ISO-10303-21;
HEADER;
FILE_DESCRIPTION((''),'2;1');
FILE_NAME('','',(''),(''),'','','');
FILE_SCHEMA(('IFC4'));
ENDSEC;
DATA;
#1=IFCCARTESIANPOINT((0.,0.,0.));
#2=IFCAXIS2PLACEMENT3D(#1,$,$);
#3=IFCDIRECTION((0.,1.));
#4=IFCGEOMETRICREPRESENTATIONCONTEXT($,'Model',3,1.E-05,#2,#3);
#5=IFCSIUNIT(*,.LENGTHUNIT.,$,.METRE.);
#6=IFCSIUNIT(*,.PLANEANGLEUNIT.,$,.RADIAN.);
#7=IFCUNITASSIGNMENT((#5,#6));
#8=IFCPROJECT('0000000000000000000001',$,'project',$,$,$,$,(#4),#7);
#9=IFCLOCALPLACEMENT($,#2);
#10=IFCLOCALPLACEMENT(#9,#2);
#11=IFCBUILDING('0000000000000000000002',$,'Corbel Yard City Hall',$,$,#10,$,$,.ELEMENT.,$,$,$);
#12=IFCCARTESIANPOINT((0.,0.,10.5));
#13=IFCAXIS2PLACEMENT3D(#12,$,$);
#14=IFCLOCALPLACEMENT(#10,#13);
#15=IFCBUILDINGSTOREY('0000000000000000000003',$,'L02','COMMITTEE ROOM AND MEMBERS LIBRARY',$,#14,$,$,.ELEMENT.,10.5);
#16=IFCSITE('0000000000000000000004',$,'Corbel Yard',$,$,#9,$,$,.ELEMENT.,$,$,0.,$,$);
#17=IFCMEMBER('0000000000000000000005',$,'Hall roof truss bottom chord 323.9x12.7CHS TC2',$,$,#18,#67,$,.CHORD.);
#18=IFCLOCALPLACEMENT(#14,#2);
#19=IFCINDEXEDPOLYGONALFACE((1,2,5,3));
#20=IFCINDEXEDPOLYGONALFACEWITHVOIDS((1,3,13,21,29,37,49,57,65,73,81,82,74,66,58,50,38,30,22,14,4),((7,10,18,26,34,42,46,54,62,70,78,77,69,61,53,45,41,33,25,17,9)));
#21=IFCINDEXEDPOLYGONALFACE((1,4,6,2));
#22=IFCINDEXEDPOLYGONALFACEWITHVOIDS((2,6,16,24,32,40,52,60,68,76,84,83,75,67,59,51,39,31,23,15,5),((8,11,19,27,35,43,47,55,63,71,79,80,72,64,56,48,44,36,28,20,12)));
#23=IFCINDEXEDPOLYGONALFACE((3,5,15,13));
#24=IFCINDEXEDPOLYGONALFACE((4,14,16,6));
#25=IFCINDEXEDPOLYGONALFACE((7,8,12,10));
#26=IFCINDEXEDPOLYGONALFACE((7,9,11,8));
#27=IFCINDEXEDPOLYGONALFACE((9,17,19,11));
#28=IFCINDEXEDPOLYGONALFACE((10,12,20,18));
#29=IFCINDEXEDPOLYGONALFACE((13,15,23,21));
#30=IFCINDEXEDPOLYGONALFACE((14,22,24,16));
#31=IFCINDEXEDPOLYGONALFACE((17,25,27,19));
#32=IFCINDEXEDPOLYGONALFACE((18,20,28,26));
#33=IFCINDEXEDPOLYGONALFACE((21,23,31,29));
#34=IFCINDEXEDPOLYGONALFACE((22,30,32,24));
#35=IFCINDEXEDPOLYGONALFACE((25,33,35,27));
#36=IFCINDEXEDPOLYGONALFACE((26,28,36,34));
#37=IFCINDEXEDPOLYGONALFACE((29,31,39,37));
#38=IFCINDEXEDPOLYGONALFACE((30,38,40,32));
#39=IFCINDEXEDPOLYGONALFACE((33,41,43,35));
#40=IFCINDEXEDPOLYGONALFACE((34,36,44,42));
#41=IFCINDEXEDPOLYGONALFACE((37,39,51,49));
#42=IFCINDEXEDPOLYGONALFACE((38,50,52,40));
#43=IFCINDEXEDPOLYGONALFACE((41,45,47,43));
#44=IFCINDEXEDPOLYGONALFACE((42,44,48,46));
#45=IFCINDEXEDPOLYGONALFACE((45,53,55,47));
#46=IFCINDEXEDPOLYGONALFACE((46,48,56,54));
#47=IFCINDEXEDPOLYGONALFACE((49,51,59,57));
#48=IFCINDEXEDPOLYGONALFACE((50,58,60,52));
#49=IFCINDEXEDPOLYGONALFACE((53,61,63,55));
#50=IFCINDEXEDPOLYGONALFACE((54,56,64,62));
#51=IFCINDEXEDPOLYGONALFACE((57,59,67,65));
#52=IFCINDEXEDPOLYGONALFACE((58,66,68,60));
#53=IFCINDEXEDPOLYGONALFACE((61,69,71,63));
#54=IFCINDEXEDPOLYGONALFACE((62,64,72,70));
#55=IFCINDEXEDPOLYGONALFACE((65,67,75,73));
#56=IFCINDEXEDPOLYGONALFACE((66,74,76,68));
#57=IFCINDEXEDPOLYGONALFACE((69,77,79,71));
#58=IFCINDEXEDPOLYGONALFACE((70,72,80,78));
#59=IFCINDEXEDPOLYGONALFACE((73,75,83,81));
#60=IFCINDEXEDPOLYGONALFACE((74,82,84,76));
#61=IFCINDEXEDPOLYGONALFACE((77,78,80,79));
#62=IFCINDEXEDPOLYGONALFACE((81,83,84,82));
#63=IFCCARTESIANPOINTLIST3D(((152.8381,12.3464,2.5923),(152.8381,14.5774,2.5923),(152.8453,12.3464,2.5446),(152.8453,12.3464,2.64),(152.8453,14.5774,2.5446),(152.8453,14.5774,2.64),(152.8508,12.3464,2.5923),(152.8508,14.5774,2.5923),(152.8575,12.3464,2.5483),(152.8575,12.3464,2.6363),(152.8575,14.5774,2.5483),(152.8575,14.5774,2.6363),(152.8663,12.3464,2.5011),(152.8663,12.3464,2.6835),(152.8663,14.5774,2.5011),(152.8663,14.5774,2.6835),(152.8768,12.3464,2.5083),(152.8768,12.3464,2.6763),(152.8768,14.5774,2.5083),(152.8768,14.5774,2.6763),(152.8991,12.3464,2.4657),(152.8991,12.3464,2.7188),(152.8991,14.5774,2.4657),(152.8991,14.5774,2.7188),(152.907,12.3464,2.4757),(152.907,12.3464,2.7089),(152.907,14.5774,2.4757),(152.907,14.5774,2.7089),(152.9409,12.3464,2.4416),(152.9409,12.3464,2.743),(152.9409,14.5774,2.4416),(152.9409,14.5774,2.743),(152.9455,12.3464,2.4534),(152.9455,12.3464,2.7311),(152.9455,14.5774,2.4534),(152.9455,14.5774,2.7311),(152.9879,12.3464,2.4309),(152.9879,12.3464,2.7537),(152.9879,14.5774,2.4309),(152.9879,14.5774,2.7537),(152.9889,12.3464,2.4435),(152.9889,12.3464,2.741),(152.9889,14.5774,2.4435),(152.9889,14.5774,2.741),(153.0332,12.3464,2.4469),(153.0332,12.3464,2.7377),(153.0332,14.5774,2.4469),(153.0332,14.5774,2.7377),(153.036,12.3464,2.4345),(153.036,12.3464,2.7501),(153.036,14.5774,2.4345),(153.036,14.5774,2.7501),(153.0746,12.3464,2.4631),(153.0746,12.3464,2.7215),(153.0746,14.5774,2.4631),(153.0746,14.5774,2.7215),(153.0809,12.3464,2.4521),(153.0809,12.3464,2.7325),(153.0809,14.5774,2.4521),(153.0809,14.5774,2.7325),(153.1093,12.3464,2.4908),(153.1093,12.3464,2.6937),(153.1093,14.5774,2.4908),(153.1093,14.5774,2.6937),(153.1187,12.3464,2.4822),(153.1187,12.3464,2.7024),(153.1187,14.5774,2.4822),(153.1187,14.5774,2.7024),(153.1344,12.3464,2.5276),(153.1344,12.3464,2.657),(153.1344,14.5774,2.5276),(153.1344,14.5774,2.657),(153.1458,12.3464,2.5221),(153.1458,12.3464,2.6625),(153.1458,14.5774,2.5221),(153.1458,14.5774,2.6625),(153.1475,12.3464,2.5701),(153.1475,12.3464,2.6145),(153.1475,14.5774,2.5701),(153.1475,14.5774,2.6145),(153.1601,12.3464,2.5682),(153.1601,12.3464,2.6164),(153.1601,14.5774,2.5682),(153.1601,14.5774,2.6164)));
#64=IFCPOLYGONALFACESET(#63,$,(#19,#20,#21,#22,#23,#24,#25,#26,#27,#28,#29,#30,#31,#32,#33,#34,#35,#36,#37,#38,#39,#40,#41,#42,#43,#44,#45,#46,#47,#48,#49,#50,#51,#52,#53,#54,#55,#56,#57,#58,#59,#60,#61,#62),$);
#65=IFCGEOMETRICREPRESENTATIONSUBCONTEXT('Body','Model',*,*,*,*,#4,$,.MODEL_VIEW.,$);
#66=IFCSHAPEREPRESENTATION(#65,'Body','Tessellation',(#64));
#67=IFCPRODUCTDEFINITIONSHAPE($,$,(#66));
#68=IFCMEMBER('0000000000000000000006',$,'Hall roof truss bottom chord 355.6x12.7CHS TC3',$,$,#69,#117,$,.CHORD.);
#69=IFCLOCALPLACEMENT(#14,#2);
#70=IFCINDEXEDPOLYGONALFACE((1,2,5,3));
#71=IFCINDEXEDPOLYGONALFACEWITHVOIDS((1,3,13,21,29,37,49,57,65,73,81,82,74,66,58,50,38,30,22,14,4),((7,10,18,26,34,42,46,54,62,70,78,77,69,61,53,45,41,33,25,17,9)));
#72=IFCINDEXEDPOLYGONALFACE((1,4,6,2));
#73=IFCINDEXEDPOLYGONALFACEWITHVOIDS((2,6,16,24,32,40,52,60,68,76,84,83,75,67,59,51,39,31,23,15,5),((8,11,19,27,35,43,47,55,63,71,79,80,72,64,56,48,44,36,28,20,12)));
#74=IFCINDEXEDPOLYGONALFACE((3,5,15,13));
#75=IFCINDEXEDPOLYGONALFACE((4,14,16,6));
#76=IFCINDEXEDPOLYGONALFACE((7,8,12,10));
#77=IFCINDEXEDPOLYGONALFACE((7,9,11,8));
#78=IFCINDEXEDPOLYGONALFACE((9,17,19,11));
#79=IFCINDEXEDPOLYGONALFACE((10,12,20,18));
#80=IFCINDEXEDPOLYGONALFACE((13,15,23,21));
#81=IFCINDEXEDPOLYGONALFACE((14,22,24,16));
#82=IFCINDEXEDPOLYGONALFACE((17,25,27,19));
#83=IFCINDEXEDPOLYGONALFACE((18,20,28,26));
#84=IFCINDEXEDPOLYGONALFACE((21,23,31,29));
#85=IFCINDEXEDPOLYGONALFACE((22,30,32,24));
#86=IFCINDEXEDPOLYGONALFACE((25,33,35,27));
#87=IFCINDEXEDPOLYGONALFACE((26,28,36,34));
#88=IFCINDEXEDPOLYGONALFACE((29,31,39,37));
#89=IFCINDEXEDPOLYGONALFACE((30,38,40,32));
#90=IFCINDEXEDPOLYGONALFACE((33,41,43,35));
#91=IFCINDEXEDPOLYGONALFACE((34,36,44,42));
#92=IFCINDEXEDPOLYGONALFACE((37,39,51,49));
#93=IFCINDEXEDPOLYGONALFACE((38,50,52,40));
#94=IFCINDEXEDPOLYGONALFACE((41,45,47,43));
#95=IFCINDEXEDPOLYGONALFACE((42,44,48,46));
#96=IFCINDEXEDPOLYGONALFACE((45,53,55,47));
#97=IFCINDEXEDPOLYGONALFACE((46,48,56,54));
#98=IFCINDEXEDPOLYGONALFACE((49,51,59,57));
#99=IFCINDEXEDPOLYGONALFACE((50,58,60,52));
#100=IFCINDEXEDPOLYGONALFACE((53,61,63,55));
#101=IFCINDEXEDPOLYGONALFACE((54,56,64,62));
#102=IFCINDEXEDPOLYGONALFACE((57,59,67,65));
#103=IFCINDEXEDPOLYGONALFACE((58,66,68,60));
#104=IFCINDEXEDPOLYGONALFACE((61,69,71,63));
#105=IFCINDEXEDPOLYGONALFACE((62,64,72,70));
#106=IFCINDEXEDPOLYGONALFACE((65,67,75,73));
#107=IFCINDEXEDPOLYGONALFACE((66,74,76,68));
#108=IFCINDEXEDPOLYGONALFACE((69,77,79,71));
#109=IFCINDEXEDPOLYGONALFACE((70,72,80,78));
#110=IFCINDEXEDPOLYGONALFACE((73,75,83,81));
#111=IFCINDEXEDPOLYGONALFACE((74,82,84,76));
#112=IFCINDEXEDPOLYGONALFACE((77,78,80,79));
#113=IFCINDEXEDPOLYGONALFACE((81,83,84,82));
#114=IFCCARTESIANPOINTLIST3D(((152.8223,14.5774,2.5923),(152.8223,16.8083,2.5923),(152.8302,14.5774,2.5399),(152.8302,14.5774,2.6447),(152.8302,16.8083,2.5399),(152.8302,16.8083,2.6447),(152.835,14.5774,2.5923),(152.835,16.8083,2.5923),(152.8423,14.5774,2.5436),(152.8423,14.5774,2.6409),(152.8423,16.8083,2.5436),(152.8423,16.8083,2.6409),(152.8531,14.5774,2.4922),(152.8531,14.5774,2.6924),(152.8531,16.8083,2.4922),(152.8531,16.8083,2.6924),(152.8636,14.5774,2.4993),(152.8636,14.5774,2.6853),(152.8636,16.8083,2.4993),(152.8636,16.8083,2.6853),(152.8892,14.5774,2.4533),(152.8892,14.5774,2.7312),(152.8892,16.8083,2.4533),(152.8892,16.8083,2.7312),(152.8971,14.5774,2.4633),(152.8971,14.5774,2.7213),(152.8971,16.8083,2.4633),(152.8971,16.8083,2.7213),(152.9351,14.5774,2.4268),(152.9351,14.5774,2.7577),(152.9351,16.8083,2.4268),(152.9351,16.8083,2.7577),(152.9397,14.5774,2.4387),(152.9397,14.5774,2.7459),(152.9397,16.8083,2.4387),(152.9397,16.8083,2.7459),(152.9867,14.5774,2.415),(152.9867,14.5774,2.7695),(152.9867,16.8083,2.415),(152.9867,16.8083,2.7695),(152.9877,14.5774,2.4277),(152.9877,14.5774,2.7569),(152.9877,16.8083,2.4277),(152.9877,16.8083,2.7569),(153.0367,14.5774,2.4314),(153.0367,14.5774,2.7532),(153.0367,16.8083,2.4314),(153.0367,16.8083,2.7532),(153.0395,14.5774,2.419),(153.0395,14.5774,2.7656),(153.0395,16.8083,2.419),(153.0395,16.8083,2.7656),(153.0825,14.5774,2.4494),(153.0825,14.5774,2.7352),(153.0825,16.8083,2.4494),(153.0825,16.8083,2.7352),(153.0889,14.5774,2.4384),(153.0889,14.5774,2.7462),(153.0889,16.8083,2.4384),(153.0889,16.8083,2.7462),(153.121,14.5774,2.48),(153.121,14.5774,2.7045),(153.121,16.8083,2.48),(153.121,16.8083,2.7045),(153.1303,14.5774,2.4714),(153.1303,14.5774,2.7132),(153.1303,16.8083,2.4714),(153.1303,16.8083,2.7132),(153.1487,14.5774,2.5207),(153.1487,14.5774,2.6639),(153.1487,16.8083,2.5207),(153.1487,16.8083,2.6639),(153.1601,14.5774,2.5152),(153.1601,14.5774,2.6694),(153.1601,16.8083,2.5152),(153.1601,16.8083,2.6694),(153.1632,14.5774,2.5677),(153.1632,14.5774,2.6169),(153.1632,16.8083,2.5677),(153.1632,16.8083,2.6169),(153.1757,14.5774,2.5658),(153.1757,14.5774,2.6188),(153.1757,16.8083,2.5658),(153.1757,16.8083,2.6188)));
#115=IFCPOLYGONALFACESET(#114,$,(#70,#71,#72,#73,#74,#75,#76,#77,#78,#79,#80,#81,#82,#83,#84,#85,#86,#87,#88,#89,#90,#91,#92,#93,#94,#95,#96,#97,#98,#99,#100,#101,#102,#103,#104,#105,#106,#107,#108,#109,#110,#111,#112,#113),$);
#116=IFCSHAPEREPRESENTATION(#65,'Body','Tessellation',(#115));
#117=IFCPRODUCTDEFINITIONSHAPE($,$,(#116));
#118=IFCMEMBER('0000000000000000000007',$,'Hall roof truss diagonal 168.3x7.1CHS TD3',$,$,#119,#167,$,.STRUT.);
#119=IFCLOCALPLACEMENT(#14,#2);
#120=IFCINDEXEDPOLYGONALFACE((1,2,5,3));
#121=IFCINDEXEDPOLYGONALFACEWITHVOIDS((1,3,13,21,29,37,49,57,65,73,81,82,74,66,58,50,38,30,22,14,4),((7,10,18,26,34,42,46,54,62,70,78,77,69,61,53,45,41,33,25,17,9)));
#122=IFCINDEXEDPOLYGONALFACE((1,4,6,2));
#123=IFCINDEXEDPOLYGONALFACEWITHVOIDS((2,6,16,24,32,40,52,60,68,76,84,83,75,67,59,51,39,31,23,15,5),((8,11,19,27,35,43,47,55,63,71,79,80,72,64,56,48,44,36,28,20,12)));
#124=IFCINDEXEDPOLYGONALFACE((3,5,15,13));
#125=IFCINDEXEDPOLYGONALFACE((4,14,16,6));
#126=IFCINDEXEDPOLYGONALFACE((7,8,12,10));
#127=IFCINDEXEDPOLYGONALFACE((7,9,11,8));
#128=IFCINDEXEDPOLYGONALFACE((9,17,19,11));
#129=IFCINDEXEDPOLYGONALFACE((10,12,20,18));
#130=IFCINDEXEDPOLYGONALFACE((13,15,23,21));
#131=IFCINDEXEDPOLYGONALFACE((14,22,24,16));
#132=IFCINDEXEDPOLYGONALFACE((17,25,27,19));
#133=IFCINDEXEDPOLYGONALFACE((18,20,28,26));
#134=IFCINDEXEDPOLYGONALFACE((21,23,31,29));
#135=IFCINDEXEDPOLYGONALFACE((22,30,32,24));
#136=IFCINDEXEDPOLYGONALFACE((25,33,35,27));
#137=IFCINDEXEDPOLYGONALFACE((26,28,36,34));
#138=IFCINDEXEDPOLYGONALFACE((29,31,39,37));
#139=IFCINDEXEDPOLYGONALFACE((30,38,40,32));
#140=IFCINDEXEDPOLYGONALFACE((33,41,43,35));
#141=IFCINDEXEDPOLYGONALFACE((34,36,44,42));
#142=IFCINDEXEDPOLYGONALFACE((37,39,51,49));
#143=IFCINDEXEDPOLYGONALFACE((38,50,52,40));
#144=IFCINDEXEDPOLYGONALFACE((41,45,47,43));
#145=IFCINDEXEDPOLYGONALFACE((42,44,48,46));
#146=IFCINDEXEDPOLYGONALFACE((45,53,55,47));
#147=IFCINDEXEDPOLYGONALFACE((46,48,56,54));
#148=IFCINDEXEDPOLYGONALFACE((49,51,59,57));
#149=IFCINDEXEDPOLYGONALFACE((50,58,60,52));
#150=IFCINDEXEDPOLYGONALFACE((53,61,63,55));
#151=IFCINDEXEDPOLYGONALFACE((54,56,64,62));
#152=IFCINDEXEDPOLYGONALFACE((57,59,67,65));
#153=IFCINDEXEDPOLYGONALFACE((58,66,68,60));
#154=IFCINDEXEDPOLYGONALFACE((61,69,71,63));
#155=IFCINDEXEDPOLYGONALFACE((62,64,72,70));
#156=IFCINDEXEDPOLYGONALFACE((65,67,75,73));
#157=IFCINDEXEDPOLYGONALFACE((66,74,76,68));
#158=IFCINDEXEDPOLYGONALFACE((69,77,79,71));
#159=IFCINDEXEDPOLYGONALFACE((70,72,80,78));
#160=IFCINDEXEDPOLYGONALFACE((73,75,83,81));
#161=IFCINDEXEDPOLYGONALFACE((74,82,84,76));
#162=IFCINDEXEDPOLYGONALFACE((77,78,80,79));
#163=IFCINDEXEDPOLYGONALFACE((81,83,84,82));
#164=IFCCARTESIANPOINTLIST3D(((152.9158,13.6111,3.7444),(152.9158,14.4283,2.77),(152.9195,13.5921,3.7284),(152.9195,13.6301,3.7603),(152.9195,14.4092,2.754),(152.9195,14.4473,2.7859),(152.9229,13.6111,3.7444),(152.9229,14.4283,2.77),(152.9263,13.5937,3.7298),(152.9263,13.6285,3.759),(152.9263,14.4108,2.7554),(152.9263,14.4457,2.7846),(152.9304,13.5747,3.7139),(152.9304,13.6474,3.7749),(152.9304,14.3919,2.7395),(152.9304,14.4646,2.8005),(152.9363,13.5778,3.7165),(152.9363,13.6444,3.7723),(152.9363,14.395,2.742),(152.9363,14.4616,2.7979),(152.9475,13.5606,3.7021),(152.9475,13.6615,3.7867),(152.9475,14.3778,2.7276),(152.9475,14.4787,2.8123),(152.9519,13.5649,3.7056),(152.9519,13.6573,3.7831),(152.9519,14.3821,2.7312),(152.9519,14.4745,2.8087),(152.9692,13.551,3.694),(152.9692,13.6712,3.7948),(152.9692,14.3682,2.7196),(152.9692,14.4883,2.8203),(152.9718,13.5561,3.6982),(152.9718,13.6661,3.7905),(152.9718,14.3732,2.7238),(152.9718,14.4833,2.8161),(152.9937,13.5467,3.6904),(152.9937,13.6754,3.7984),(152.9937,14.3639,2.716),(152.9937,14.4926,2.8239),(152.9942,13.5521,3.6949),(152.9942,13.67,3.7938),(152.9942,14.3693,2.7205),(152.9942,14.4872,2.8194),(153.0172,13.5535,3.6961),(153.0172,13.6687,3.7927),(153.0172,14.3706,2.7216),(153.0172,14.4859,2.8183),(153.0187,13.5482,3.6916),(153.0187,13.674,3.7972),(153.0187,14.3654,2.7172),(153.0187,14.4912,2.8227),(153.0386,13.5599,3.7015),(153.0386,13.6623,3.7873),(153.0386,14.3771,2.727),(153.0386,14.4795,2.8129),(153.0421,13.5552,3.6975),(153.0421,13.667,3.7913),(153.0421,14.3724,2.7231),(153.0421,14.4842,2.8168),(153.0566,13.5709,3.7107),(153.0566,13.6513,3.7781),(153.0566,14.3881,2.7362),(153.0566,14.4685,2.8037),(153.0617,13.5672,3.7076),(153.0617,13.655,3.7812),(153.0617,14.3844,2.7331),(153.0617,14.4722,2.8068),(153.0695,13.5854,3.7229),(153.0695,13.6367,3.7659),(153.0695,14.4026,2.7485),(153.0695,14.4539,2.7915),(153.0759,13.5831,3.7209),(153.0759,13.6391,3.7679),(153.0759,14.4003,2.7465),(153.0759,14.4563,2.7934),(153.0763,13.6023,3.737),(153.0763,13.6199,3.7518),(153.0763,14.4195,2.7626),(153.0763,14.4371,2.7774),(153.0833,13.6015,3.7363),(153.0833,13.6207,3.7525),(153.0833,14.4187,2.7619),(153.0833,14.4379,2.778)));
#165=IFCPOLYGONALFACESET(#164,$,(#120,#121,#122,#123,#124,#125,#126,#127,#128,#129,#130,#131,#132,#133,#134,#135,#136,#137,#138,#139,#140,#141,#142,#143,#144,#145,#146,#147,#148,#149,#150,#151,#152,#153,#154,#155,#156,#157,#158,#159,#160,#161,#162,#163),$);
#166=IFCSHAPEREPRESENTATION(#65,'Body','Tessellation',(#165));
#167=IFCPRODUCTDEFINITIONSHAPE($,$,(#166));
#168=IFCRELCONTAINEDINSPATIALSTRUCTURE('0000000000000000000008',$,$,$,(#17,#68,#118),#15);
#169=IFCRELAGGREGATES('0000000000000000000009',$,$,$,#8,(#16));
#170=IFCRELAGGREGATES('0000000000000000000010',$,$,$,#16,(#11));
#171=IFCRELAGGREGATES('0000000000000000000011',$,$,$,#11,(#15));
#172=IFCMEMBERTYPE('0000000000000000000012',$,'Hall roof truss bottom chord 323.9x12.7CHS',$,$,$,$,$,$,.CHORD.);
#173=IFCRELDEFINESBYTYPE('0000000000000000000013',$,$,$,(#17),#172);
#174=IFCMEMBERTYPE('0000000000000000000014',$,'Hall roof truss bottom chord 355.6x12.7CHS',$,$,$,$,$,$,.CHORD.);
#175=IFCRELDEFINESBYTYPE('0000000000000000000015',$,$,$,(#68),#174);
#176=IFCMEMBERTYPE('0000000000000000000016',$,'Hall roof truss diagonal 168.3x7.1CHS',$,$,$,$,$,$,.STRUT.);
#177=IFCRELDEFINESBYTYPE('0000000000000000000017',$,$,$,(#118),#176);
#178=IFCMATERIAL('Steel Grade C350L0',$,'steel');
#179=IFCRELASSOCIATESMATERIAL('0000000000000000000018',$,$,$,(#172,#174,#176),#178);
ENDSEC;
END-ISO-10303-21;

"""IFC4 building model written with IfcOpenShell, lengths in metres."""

from ifc_helpers import new_model, si_unit, direction, frame, origin, origin_2d, place, context, subcontext, project, spatial, hollow_circle, extrude, material, material_profile, profile_set, type_object, element, save


model = new_model("IFC4")

# Units and contexts
model_context = context("Model", 3, precision=1e-05, world=origin(), true_north=direction((0.0, 1.0)))
body_context = subcontext(model_context, "Body", "Model", "MODEL_VIEW")
ifc_project = project(units=[si_unit("LENGTHUNIT", "METRE"), si_unit("PLANEANGLEUNIT", "RADIAN")], contexts=[model_context])

# Site, building, storey
site_placement = place(None, origin())
site = spatial("IfcSite", under=ifc_project, at=site_placement, Name="Corbel Yard", CompositionType="ELEMENT", RefElevation=0.0)
building_placement = place(site_placement, origin())
building = spatial("IfcBuilding", under=site, at=building_placement, Name="Corbel Yard City Hall", CompositionType="ELEMENT")
storey_placement = place(building_placement, frame((0.0, 0.0, 10.5)))
storey = spatial("IfcBuildingStorey", under=building, at=storey_placement, Name="L02", Description="COMMITTEE ROOM AND MEMBERS LIBRARY", CompositionType="ELEMENT", Elevation=10.5)

# Members
ifc_material_1 = material(Name="Steel Grade C350L0", Category="steel")
ifc_material_profile_1 = material_profile(ifc_material_1, hollow_circle(Radius=0.1619, WallThickness=0.0127, at=origin_2d()), Name="323.9x12.7CHS")
ifc_profile_set_1 = profile_set([ifc_material_profile_1], Name="Steel Grade C350L0")
member_type_1 = type_object("IfcMemberType", Name="Hall roof truss bottom chord 323.9x12.7CHS", PredefinedType="CHORD", material=ifc_profile_set_1)
member_1_placement = place(storey_placement, frame((153.0, 12.3464, 2.5923), z_axis=(0.0, 1.0, 0.0), x_axis=(-1.0, 0.0, 0.0)))
element("IfcMember", 1, at=member_1_placement, inside=storey, type_object=member_type_1, Name="Hall roof truss bottom chord 323.9x12.7CHS TC2", PredefinedType="CHORD", context=body_context, shape_type="SweptSolid", body=[
    extrude(hollow_circle(Radius=0.1619, WallThickness=0.0127, at=origin_2d()), origin(), (0.0, 0.0, 1.0), 2.231),
])
ifc_material_profile_2 = material_profile(ifc_material_1, hollow_circle(Radius=0.1777, WallThickness=0.0127, at=origin_2d()), Name="355.6x12.7CHS")
ifc_profile_set_2 = profile_set([ifc_material_profile_2], Name="Steel Grade C350L0")
member_type_2 = type_object("IfcMemberType", Name="Hall roof truss bottom chord 355.6x12.7CHS", PredefinedType="CHORD", material=ifc_profile_set_2)
member_2_placement = place(storey_placement, frame((153.0, 14.5774, 2.5923), z_axis=(0.0, 1.0, 0.0), x_axis=(-1.0, 0.0, 0.0)))
element("IfcMember", 2, at=member_2_placement, inside=storey, type_object=member_type_2, Name="Hall roof truss bottom chord 355.6x12.7CHS TC3", PredefinedType="CHORD", context=body_context, shape_type="SweptSolid", body=[
    extrude(hollow_circle(Radius=0.1777, WallThickness=0.0127, at=origin_2d()), origin(), (0.0, 0.0, 1.0), 2.231),
])
ifc_material_profile_3 = material_profile(ifc_material_1, hollow_circle(Radius=0.0842, WallThickness=0.0071, at=origin_2d()), Name="168.3x7.1CHS")
ifc_profile_set_3 = profile_set([ifc_material_profile_3], Name="Steel Grade C350L0")
member_type_3 = type_object("IfcMemberType", Name="Hall roof truss diagonal 168.3x7.1CHS", PredefinedType="STRUT", material=ifc_profile_set_3)
for number, where, z_axis, x_axis, name in (
    (3, (153.0, 13.6111, 3.7444), (0.0, 0.64258, -0.766219), (-1.0, 0.0, 0.0), "Hall roof truss diagonal 168.3x7.1CHS TD3"),
):
    element("IfcMember", number, at=place(storey_placement, frame(where, z_axis=z_axis, x_axis=x_axis)), inside=storey, type_object=member_type_3, Name=name, PredefinedType="STRUT", context=body_context, shape_type="SweptSolid", body=[
        extrude(hollow_circle(Radius=0.0842, WallThickness=0.0071, at=origin_2d()), origin(), (0.0, 0.0, 1.0), 1.2717),
    ])

save(model, "model.ifc")
